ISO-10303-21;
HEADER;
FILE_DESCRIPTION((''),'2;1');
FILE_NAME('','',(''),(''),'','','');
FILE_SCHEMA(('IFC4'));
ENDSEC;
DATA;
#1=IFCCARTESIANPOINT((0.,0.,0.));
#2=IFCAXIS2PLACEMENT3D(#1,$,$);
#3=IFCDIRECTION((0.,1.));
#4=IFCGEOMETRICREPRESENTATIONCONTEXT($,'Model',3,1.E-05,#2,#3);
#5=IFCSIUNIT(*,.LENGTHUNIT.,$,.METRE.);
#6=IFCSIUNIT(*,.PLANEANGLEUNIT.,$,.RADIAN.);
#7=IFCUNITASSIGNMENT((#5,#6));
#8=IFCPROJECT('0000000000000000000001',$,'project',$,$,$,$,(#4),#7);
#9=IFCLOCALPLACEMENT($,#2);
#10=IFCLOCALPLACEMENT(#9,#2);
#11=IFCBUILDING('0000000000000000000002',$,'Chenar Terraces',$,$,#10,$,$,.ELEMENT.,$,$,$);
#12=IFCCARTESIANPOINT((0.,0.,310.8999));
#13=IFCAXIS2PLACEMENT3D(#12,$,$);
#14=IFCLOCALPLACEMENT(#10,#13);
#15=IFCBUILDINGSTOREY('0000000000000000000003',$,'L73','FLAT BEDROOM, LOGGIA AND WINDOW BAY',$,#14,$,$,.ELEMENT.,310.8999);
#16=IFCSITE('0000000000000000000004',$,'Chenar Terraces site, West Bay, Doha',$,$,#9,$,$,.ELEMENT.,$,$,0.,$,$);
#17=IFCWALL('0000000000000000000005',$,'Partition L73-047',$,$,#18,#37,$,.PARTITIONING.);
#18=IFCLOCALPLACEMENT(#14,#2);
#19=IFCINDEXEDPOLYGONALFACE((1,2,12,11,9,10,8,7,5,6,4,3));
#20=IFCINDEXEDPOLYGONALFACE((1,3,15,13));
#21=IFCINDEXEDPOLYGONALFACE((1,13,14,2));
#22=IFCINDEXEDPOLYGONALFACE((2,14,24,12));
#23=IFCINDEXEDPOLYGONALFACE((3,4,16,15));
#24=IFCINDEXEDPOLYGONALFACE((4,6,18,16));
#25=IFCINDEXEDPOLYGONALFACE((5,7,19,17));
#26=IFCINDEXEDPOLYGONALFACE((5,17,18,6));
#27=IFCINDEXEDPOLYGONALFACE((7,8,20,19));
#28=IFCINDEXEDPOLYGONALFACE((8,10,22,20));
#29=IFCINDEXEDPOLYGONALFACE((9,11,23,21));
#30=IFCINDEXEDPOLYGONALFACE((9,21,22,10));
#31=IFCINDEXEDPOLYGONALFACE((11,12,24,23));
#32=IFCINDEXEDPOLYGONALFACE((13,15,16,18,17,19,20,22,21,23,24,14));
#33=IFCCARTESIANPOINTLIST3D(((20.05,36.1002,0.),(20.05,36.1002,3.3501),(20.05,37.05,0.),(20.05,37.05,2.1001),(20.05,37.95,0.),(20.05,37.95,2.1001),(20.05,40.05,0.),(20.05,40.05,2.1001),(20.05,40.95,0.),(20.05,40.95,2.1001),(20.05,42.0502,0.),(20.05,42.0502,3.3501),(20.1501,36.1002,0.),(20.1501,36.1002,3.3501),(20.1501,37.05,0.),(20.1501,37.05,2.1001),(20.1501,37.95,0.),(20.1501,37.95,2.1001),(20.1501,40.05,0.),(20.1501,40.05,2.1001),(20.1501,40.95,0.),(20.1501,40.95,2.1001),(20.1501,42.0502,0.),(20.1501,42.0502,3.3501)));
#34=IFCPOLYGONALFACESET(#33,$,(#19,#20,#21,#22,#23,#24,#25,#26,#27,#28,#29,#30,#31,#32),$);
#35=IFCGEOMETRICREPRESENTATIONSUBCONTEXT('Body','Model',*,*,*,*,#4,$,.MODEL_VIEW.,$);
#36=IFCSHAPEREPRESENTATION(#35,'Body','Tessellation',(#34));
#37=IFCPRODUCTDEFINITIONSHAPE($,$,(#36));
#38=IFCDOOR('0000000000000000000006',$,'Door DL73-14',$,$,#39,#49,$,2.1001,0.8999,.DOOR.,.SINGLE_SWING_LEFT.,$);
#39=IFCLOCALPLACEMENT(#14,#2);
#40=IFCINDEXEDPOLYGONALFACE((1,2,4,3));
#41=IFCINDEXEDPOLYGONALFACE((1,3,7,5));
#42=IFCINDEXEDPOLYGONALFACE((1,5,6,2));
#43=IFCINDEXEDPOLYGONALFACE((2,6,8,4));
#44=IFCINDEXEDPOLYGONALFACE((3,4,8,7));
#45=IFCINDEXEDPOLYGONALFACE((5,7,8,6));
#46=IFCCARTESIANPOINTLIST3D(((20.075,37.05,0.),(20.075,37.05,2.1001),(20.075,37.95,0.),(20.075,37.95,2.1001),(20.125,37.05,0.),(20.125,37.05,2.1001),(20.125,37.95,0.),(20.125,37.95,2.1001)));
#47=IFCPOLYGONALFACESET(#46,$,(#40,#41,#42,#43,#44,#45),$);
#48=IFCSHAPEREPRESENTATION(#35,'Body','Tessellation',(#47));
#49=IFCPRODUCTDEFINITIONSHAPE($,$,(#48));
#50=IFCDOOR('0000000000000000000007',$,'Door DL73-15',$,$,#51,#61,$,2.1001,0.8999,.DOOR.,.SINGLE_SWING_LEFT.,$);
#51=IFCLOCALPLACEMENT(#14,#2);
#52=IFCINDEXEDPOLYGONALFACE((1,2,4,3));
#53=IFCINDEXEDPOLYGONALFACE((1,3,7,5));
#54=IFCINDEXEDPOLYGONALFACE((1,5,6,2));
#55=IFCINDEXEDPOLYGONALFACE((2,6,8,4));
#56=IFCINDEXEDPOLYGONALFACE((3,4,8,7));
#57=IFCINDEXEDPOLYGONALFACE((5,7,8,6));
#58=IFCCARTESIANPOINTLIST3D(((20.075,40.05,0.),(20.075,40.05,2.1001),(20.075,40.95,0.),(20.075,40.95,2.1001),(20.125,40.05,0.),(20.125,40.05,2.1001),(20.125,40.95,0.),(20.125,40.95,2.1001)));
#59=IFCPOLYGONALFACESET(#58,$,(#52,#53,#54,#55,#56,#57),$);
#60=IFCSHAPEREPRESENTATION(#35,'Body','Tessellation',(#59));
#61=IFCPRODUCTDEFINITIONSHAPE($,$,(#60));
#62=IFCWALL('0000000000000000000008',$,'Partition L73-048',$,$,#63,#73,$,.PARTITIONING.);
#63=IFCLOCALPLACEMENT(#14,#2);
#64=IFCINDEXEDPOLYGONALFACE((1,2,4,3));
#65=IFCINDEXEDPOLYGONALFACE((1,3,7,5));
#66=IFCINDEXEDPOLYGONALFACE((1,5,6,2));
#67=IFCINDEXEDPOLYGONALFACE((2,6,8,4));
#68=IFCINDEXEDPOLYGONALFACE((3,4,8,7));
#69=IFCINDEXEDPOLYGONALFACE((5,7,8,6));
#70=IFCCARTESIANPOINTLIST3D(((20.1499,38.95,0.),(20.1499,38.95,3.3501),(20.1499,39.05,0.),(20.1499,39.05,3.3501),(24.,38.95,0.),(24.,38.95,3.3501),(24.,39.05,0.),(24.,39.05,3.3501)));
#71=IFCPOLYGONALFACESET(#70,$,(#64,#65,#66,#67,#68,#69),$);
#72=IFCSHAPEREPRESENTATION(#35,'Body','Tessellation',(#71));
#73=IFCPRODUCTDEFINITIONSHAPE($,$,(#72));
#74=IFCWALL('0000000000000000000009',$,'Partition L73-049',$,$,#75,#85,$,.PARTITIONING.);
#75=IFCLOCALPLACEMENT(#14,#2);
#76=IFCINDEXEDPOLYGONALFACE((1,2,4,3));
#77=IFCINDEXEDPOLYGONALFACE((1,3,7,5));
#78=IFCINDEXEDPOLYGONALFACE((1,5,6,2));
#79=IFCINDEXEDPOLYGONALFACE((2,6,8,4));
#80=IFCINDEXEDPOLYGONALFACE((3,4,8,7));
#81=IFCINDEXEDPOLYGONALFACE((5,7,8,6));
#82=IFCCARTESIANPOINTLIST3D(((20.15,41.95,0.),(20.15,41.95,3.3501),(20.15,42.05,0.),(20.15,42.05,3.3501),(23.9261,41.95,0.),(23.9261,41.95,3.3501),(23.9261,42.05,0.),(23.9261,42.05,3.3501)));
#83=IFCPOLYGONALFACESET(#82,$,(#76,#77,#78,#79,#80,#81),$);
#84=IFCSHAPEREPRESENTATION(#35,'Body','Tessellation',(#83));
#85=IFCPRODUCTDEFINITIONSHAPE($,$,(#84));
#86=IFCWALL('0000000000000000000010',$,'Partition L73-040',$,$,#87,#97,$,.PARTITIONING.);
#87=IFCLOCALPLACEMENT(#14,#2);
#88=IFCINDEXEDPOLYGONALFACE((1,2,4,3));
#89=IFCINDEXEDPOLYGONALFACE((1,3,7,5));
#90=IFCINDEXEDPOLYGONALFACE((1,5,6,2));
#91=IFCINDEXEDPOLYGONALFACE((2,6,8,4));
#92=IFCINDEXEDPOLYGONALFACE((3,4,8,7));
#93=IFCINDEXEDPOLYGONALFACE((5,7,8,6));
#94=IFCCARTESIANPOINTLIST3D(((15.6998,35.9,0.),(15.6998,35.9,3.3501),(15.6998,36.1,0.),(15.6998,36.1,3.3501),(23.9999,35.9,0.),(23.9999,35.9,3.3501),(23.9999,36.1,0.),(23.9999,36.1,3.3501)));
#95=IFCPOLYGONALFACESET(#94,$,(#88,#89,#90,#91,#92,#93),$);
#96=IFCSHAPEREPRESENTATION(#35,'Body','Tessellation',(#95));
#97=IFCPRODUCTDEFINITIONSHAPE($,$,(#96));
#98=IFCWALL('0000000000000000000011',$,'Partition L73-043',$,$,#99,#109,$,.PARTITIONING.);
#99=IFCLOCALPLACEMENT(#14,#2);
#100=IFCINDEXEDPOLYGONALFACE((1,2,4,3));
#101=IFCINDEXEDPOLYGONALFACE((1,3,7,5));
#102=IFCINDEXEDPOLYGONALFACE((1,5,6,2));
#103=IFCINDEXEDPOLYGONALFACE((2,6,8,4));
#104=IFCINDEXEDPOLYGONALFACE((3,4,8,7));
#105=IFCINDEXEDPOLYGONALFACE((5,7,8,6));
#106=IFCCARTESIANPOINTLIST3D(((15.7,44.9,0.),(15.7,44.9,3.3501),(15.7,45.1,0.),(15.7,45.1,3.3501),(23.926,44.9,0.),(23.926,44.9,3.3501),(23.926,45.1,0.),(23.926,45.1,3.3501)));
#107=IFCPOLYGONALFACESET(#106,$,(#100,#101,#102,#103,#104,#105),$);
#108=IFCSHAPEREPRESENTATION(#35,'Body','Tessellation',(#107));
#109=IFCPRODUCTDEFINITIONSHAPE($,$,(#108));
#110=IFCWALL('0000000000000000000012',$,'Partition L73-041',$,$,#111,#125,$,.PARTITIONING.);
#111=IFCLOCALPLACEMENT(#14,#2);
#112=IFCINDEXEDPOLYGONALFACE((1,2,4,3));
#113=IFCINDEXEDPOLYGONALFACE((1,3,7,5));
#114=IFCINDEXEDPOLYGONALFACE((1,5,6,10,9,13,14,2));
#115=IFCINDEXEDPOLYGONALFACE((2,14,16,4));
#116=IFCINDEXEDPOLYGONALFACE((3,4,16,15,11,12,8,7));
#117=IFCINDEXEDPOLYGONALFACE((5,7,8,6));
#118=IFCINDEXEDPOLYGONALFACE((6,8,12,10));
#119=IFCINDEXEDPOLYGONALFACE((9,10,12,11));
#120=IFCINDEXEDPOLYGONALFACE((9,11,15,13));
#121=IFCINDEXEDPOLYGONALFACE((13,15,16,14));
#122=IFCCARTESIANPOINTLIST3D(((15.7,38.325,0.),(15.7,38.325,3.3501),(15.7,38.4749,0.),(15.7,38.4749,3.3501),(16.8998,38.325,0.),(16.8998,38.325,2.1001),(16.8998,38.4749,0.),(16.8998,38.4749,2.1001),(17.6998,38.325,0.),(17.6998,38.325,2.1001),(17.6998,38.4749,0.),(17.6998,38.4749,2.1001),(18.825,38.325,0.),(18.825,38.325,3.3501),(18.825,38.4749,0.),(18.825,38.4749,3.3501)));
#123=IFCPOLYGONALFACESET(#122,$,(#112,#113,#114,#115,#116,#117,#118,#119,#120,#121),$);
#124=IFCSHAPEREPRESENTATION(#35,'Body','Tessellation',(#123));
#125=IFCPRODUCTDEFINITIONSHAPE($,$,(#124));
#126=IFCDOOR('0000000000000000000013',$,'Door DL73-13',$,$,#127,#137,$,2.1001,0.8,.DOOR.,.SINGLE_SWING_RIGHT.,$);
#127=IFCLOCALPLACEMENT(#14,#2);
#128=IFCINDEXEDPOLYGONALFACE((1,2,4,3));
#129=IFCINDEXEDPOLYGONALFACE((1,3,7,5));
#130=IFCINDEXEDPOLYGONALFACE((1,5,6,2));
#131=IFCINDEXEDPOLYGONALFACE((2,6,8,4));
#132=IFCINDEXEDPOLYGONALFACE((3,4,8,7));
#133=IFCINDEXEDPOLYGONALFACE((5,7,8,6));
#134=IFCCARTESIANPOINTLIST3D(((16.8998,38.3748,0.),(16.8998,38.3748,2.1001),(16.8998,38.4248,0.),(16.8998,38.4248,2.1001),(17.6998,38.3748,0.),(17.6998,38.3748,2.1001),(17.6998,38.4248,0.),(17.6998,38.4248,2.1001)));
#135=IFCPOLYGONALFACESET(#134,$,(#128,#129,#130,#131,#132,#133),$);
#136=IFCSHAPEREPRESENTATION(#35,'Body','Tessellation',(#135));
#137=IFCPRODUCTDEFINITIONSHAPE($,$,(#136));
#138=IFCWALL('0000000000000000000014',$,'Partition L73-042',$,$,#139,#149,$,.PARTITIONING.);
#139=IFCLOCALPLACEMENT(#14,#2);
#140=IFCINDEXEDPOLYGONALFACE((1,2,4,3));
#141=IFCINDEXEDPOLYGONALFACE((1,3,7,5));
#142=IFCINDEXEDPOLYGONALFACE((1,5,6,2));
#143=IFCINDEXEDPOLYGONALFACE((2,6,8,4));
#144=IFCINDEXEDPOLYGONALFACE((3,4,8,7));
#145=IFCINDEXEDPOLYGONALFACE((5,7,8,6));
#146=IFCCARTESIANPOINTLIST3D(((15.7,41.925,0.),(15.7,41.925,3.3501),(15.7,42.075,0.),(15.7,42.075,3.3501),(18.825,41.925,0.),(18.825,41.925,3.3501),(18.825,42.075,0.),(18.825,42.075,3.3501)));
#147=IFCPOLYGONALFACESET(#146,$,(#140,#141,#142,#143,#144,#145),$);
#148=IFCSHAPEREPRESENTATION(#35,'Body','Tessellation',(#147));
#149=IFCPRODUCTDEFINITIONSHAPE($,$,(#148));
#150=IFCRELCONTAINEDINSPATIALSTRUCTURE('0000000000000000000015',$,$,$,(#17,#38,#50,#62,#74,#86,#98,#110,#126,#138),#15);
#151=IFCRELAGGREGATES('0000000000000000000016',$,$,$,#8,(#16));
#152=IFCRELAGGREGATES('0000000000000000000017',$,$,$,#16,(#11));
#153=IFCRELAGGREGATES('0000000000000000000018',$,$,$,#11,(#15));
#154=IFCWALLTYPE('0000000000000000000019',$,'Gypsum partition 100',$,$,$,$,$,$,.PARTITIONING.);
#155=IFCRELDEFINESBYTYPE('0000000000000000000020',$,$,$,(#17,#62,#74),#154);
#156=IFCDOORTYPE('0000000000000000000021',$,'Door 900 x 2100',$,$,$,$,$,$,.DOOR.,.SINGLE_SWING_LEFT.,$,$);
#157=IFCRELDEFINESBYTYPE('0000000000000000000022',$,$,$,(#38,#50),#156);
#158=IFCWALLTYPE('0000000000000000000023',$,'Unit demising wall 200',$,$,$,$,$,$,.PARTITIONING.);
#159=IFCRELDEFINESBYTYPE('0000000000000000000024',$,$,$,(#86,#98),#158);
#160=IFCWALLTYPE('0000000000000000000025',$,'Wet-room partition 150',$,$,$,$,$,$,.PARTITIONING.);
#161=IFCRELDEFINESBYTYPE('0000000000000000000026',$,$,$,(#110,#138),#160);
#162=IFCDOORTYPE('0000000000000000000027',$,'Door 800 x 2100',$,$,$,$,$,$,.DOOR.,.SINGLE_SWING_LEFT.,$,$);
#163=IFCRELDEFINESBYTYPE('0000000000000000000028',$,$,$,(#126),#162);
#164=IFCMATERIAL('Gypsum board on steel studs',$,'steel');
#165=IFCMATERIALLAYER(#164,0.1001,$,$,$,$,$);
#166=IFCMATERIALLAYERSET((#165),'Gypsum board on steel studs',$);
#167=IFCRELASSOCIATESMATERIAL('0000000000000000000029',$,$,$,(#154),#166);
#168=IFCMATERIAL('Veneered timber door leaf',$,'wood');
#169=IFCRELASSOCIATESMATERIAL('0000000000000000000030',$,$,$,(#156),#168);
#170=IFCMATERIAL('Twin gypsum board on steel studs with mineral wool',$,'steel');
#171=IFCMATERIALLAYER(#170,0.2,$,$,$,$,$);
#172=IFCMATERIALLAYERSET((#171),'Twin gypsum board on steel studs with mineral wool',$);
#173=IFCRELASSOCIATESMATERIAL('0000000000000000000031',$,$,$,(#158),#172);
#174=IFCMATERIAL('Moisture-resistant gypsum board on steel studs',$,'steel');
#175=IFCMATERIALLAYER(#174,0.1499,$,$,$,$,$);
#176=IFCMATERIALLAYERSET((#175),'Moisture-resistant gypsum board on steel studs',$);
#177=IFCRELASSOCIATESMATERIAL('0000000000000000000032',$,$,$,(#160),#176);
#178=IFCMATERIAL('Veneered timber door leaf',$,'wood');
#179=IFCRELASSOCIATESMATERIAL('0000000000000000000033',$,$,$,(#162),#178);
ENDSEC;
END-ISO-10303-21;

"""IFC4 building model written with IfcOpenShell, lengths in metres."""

from ifc_helpers import new_model, si_unit, direction, frame, frame_2d, origin, place, context, subcontext, project, spatial, rectangle, extrude, material, layer, layer_set, type_object, element, fill, save


model = new_model("IFC4")

# Units and contexts
model_context = context("Model", 3, precision=1e-05, world=origin(), true_north=direction((0.0, 1.0)))
body_context = subcontext(model_context, "Body", "Model", "MODEL_VIEW")
ifc_project = project(units=[si_unit("LENGTHUNIT", "METRE"), si_unit("PLANEANGLEUNIT", "RADIAN")], contexts=[model_context])

# Site, building, storey
site_placement = place(None, origin())
site = spatial("IfcSite", under=ifc_project, at=site_placement, Name="Chenar Terraces site, West Bay, Doha", CompositionType="ELEMENT", RefElevation=0.0)
building_placement = place(site_placement, origin())
building = spatial("IfcBuilding", under=site, at=building_placement, Name="Chenar Terraces", CompositionType="ELEMENT")
storey_placement = place(building_placement, frame((0.0, 0.0, 310.8999)))
storey = spatial("IfcBuildingStorey", under=building, at=storey_placement, Name="L73", Description="FLAT BEDROOM, LOGGIA AND WINDOW BAY", CompositionType="ELEMENT", Elevation=310.8999)

# Shared definitions
ifc_material_1 = material(Name="Gypsum board on steel studs", Category="steel")
ifc_layer_1 = layer(ifc_material_1, 0.1001)
ifc_layer_set_1 = layer_set([ifc_layer_1], Name="Gypsum board on steel studs")
wall_type_1 = type_object("IfcWallType", Name="Gypsum partition 100", PredefinedType="PARTITIONING", material=ifc_layer_set_1)

# Wall, openings, doors
wall_1_placement = place(storey_placement, frame((20.1001, 36.1001, 0.0), z_axis=(0.0, 0.0, 1.0), x_axis=(0.0, 1.0, 0.0)))
wall_1 = element("IfcWall", 1, at=wall_1_placement, inside=storey, type_object=wall_type_1, Name="Partition L73-047", PredefinedType="PARTITIONING", context=body_context, shape_type="SweptSolid", body=[
    extrude(rectangle(XDim=5.95, YDim=0.1001, at=frame_2d((2.9751, 0.0))), origin(), (0.0, 0.0, 1.0), 3.3501),
])
opening_1_placement = place(wall_1_placement, frame((0.95, 0.0, 0.0)))
opening_1 = element("IfcOpeningElement", 2, at=opening_1_placement, cuts=wall_1, PredefinedType="OPENING", context=body_context, shape_type="SweptSolid", body=[
    extrude(rectangle(XDim=0.8999, YDim=2.1001, at=frame_2d((0.45, 1.05))), frame((0.0, 0.0601, 0.0), z_axis=(0.0, -1.0, 0.0), x_axis=(1.0, 0.0, 0.0)), (0.0, 0.0, 1.0), 0.1201),
])
opening_2_placement = place(wall_1_placement, frame((3.95, 0.0, 0.0)))
opening_2 = element("IfcOpeningElement", 3, at=opening_2_placement, cuts=wall_1, PredefinedType="OPENING", context=body_context, shape_type="SweptSolid", body=[
    extrude(rectangle(XDim=0.8999, YDim=2.1001, at=frame_2d((0.45, 1.05))), frame((0.0, 0.0601, 0.0), z_axis=(0.0, -1.0, 0.0), x_axis=(1.0, 0.0, 0.0)), (0.0, 0.0, 1.0), 0.1201),
])
ifc_material_2 = material(Name="Veneered timber door leaf", Category="wood")
door_type_1 = type_object("IfcDoorType", Name="Door 900 x 2100", OperationType="SINGLE_SWING_LEFT", PredefinedType="DOOR", material=ifc_material_2)
door_1_placement = place(opening_1_placement, frame((0.8999, 0.0, 0.0), z_axis=(0.0, 0.0, 1.0), x_axis=(-1.0, 0.0, 0.0)))
door_1 = element("IfcDoor", 4, at=door_1_placement, inside=storey, type_object=door_type_1, Name="Door DL73-14", OperationType="SINGLE_SWING_LEFT", OverallHeight=2.1001, OverallWidth=0.8999, PredefinedType="DOOR", context=body_context, shape_type="SweptSolid", body=[
    extrude(rectangle(XDim=0.8999, YDim=2.1001, at=frame_2d((0.45, 1.05))), frame((0.0, 0.0249, 0.0), z_axis=(0.0, -1.0, 0.0), x_axis=(1.0, 0.0, 0.0)), (0.0, 0.0, 1.0), 0.05),
])
fill(opening_1, door_1)
door_2_placement = place(opening_2_placement, frame((0.8999, 0.0, 0.0), z_axis=(0.0, 0.0, 1.0), x_axis=(-1.0, 0.0, 0.0)))
door_2 = element("IfcDoor", 5, at=door_2_placement, inside=storey, type_object=door_type_1, Name="Door DL73-15", OperationType="SINGLE_SWING_LEFT", OverallHeight=2.1001, OverallWidth=0.8999, PredefinedType="DOOR", context=body_context, shape_type="SweptSolid", body=[
    extrude(rectangle(XDim=0.8999, YDim=2.1001, at=frame_2d((0.45, 1.05))), frame((0.0, 0.0249, 0.0), z_axis=(0.0, -1.0, 0.0), x_axis=(1.0, 0.0, 0.0)), (0.0, 0.0, 1.0), 0.05),
])
fill(opening_2, door_2)

# Walls
wall_2_placement = place(storey_placement, frame((20.1499, 39.0, 0.0), z_axis=(0.0, 0.0, 1.0), x_axis=(1.0, 0.0, 0.0)))
element("IfcWall", 6, at=wall_2_placement, inside=storey, type_object=wall_type_1, Name="Partition L73-048", PredefinedType="PARTITIONING", context=body_context, shape_type="SweptSolid", body=[
    extrude(rectangle(XDim=3.8501, YDim=0.1001, at=frame_2d((1.925, 0.0))), origin(), (0.0, 0.0, 1.0), 3.3501),
])
wall_3_placement = place(storey_placement, frame((20.1499, 42.0, 0.0), z_axis=(0.0, 0.0, 1.0), x_axis=(1.0, 0.0, 0.0)))
element("IfcWall", 7, at=wall_3_placement, inside=storey, type_object=wall_type_1, Name="Partition L73-049", PredefinedType="PARTITIONING", context=body_context, shape_type="SweptSolid", body=[
    extrude(rectangle(XDim=3.7761, YDim=0.1001, at=frame_2d((1.8882, 0.0))), origin(), (0.0, 0.0, 1.0), 3.3501),
])
ifc_material_3 = material(Name="Twin gypsum board on steel studs with mineral wool", Category="steel")
ifc_layer_2 = layer(ifc_material_3, 0.2)
ifc_layer_set_2 = layer_set([ifc_layer_2], Name="Twin gypsum board on steel studs with mineral wool")
wall_type_2 = type_object("IfcWallType", Name="Unit demising wall 200", PredefinedType="PARTITIONING", material=ifc_layer_set_2)
wall_4_placement = place(storey_placement, frame((15.7, 36.0, 0.0), z_axis=(0.0, 0.0, 1.0), x_axis=(1.0, 0.0, 0.0)))
element("IfcWall", 8, at=wall_4_placement, inside=storey, type_object=wall_type_2, Name="Partition L73-040", PredefinedType="PARTITIONING", context=body_context, shape_type="SweptSolid", body=[
    extrude(rectangle(XDim=8.3, YDim=0.2, at=frame_2d((4.1499, 0.0))), origin(), (0.0, 0.0, 1.0), 3.3501),
])
wall_5_placement = place(storey_placement, frame((15.7, 45.0, 0.0), z_axis=(0.0, 0.0, 1.0), x_axis=(1.0, 0.0, 0.0)))
element("IfcWall", 9, at=wall_5_placement, inside=storey, type_object=wall_type_2, Name="Partition L73-043", PredefinedType="PARTITIONING", context=body_context, shape_type="SweptSolid", body=[
    extrude(rectangle(XDim=8.2261, YDim=0.2, at=frame_2d((4.113, 0.0))), origin(), (0.0, 0.0, 1.0), 3.3501),
])

# Wall, opening, door
ifc_material_4 = material(Name="Moisture-resistant gypsum board on steel studs", Category="steel")
ifc_layer_3 = layer(ifc_material_4, 0.1499)
ifc_layer_set_3 = layer_set([ifc_layer_3], Name="Moisture-resistant gypsum board on steel studs")
wall_type_3 = type_object("IfcWallType", Name="Wet-room partition 150", PredefinedType="PARTITIONING", material=ifc_layer_set_3)
wall_6_placement = place(storey_placement, frame((15.7, 38.3999, 0.0), z_axis=(0.0, 0.0, 1.0), x_axis=(1.0, 0.0, 0.0)))
wall_6 = element("IfcWall", 10, at=wall_6_placement, inside=storey, type_object=wall_type_3, Name="Partition L73-041", PredefinedType="PARTITIONING", context=body_context, shape_type="SweptSolid", body=[
    extrude(rectangle(XDim=3.125, YDim=0.1499, at=frame_2d((1.5625, 0.0))), origin(), (0.0, 0.0, 1.0), 3.3501),
])
opening_3_placement = place(wall_6_placement, frame((1.2, 0.0, 0.0)))
opening_3 = element("IfcOpeningElement", 11, at=opening_3_placement, cuts=wall_6, PredefinedType="OPENING", context=body_context, shape_type="SweptSolid", body=[
    extrude(rectangle(XDim=0.8, YDim=2.1001, at=frame_2d((0.3999, 1.05))), frame((0.0, 0.085, 0.0), z_axis=(0.0, -1.0, 0.0), x_axis=(1.0, 0.0, 0.0)), (0.0, 0.0, 1.0), 0.1699),
])
ifc_material_5 = material(Name="Veneered timber door leaf", Category="wood")
door_type_2 = type_object("IfcDoorType", Name="Door 800 x 2100", OperationType="SINGLE_SWING_LEFT", PredefinedType="DOOR", material=ifc_material_5)
door_3_placement = place(opening_3_placement, origin())
door_3 = element("IfcDoor", 12, at=door_3_placement, inside=storey, type_object=door_type_2, Name="Door DL73-13", OperationType="SINGLE_SWING_RIGHT", OverallHeight=2.1001, OverallWidth=0.8, PredefinedType="DOOR", context=body_context, shape_type="SweptSolid", body=[
    extrude(rectangle(XDim=0.8, YDim=2.1001, at=frame_2d((0.3999, 1.05))), frame((0.0, 0.0249, 0.0), z_axis=(0.0, -1.0, 0.0), x_axis=(1.0, 0.0, 0.0)), (0.0, 0.0, 1.0), 0.05),
])
fill(opening_3, door_3)

# Wall
wall_7_placement = place(storey_placement, frame((15.7, 42.0, 0.0), z_axis=(0.0, 0.0, 1.0), x_axis=(1.0, 0.0, 0.0)))
element("IfcWall", 13, at=wall_7_placement, inside=storey, type_object=wall_type_3, Name="Partition L73-042", PredefinedType="PARTITIONING", context=body_context, shape_type="SweptSolid", body=[
    extrude(rectangle(XDim=3.125, YDim=0.1499, at=frame_2d((1.5625, 0.0))), origin(), (0.0, 0.0, 1.0), 3.3501),
])

save(model, "model.ifc")
